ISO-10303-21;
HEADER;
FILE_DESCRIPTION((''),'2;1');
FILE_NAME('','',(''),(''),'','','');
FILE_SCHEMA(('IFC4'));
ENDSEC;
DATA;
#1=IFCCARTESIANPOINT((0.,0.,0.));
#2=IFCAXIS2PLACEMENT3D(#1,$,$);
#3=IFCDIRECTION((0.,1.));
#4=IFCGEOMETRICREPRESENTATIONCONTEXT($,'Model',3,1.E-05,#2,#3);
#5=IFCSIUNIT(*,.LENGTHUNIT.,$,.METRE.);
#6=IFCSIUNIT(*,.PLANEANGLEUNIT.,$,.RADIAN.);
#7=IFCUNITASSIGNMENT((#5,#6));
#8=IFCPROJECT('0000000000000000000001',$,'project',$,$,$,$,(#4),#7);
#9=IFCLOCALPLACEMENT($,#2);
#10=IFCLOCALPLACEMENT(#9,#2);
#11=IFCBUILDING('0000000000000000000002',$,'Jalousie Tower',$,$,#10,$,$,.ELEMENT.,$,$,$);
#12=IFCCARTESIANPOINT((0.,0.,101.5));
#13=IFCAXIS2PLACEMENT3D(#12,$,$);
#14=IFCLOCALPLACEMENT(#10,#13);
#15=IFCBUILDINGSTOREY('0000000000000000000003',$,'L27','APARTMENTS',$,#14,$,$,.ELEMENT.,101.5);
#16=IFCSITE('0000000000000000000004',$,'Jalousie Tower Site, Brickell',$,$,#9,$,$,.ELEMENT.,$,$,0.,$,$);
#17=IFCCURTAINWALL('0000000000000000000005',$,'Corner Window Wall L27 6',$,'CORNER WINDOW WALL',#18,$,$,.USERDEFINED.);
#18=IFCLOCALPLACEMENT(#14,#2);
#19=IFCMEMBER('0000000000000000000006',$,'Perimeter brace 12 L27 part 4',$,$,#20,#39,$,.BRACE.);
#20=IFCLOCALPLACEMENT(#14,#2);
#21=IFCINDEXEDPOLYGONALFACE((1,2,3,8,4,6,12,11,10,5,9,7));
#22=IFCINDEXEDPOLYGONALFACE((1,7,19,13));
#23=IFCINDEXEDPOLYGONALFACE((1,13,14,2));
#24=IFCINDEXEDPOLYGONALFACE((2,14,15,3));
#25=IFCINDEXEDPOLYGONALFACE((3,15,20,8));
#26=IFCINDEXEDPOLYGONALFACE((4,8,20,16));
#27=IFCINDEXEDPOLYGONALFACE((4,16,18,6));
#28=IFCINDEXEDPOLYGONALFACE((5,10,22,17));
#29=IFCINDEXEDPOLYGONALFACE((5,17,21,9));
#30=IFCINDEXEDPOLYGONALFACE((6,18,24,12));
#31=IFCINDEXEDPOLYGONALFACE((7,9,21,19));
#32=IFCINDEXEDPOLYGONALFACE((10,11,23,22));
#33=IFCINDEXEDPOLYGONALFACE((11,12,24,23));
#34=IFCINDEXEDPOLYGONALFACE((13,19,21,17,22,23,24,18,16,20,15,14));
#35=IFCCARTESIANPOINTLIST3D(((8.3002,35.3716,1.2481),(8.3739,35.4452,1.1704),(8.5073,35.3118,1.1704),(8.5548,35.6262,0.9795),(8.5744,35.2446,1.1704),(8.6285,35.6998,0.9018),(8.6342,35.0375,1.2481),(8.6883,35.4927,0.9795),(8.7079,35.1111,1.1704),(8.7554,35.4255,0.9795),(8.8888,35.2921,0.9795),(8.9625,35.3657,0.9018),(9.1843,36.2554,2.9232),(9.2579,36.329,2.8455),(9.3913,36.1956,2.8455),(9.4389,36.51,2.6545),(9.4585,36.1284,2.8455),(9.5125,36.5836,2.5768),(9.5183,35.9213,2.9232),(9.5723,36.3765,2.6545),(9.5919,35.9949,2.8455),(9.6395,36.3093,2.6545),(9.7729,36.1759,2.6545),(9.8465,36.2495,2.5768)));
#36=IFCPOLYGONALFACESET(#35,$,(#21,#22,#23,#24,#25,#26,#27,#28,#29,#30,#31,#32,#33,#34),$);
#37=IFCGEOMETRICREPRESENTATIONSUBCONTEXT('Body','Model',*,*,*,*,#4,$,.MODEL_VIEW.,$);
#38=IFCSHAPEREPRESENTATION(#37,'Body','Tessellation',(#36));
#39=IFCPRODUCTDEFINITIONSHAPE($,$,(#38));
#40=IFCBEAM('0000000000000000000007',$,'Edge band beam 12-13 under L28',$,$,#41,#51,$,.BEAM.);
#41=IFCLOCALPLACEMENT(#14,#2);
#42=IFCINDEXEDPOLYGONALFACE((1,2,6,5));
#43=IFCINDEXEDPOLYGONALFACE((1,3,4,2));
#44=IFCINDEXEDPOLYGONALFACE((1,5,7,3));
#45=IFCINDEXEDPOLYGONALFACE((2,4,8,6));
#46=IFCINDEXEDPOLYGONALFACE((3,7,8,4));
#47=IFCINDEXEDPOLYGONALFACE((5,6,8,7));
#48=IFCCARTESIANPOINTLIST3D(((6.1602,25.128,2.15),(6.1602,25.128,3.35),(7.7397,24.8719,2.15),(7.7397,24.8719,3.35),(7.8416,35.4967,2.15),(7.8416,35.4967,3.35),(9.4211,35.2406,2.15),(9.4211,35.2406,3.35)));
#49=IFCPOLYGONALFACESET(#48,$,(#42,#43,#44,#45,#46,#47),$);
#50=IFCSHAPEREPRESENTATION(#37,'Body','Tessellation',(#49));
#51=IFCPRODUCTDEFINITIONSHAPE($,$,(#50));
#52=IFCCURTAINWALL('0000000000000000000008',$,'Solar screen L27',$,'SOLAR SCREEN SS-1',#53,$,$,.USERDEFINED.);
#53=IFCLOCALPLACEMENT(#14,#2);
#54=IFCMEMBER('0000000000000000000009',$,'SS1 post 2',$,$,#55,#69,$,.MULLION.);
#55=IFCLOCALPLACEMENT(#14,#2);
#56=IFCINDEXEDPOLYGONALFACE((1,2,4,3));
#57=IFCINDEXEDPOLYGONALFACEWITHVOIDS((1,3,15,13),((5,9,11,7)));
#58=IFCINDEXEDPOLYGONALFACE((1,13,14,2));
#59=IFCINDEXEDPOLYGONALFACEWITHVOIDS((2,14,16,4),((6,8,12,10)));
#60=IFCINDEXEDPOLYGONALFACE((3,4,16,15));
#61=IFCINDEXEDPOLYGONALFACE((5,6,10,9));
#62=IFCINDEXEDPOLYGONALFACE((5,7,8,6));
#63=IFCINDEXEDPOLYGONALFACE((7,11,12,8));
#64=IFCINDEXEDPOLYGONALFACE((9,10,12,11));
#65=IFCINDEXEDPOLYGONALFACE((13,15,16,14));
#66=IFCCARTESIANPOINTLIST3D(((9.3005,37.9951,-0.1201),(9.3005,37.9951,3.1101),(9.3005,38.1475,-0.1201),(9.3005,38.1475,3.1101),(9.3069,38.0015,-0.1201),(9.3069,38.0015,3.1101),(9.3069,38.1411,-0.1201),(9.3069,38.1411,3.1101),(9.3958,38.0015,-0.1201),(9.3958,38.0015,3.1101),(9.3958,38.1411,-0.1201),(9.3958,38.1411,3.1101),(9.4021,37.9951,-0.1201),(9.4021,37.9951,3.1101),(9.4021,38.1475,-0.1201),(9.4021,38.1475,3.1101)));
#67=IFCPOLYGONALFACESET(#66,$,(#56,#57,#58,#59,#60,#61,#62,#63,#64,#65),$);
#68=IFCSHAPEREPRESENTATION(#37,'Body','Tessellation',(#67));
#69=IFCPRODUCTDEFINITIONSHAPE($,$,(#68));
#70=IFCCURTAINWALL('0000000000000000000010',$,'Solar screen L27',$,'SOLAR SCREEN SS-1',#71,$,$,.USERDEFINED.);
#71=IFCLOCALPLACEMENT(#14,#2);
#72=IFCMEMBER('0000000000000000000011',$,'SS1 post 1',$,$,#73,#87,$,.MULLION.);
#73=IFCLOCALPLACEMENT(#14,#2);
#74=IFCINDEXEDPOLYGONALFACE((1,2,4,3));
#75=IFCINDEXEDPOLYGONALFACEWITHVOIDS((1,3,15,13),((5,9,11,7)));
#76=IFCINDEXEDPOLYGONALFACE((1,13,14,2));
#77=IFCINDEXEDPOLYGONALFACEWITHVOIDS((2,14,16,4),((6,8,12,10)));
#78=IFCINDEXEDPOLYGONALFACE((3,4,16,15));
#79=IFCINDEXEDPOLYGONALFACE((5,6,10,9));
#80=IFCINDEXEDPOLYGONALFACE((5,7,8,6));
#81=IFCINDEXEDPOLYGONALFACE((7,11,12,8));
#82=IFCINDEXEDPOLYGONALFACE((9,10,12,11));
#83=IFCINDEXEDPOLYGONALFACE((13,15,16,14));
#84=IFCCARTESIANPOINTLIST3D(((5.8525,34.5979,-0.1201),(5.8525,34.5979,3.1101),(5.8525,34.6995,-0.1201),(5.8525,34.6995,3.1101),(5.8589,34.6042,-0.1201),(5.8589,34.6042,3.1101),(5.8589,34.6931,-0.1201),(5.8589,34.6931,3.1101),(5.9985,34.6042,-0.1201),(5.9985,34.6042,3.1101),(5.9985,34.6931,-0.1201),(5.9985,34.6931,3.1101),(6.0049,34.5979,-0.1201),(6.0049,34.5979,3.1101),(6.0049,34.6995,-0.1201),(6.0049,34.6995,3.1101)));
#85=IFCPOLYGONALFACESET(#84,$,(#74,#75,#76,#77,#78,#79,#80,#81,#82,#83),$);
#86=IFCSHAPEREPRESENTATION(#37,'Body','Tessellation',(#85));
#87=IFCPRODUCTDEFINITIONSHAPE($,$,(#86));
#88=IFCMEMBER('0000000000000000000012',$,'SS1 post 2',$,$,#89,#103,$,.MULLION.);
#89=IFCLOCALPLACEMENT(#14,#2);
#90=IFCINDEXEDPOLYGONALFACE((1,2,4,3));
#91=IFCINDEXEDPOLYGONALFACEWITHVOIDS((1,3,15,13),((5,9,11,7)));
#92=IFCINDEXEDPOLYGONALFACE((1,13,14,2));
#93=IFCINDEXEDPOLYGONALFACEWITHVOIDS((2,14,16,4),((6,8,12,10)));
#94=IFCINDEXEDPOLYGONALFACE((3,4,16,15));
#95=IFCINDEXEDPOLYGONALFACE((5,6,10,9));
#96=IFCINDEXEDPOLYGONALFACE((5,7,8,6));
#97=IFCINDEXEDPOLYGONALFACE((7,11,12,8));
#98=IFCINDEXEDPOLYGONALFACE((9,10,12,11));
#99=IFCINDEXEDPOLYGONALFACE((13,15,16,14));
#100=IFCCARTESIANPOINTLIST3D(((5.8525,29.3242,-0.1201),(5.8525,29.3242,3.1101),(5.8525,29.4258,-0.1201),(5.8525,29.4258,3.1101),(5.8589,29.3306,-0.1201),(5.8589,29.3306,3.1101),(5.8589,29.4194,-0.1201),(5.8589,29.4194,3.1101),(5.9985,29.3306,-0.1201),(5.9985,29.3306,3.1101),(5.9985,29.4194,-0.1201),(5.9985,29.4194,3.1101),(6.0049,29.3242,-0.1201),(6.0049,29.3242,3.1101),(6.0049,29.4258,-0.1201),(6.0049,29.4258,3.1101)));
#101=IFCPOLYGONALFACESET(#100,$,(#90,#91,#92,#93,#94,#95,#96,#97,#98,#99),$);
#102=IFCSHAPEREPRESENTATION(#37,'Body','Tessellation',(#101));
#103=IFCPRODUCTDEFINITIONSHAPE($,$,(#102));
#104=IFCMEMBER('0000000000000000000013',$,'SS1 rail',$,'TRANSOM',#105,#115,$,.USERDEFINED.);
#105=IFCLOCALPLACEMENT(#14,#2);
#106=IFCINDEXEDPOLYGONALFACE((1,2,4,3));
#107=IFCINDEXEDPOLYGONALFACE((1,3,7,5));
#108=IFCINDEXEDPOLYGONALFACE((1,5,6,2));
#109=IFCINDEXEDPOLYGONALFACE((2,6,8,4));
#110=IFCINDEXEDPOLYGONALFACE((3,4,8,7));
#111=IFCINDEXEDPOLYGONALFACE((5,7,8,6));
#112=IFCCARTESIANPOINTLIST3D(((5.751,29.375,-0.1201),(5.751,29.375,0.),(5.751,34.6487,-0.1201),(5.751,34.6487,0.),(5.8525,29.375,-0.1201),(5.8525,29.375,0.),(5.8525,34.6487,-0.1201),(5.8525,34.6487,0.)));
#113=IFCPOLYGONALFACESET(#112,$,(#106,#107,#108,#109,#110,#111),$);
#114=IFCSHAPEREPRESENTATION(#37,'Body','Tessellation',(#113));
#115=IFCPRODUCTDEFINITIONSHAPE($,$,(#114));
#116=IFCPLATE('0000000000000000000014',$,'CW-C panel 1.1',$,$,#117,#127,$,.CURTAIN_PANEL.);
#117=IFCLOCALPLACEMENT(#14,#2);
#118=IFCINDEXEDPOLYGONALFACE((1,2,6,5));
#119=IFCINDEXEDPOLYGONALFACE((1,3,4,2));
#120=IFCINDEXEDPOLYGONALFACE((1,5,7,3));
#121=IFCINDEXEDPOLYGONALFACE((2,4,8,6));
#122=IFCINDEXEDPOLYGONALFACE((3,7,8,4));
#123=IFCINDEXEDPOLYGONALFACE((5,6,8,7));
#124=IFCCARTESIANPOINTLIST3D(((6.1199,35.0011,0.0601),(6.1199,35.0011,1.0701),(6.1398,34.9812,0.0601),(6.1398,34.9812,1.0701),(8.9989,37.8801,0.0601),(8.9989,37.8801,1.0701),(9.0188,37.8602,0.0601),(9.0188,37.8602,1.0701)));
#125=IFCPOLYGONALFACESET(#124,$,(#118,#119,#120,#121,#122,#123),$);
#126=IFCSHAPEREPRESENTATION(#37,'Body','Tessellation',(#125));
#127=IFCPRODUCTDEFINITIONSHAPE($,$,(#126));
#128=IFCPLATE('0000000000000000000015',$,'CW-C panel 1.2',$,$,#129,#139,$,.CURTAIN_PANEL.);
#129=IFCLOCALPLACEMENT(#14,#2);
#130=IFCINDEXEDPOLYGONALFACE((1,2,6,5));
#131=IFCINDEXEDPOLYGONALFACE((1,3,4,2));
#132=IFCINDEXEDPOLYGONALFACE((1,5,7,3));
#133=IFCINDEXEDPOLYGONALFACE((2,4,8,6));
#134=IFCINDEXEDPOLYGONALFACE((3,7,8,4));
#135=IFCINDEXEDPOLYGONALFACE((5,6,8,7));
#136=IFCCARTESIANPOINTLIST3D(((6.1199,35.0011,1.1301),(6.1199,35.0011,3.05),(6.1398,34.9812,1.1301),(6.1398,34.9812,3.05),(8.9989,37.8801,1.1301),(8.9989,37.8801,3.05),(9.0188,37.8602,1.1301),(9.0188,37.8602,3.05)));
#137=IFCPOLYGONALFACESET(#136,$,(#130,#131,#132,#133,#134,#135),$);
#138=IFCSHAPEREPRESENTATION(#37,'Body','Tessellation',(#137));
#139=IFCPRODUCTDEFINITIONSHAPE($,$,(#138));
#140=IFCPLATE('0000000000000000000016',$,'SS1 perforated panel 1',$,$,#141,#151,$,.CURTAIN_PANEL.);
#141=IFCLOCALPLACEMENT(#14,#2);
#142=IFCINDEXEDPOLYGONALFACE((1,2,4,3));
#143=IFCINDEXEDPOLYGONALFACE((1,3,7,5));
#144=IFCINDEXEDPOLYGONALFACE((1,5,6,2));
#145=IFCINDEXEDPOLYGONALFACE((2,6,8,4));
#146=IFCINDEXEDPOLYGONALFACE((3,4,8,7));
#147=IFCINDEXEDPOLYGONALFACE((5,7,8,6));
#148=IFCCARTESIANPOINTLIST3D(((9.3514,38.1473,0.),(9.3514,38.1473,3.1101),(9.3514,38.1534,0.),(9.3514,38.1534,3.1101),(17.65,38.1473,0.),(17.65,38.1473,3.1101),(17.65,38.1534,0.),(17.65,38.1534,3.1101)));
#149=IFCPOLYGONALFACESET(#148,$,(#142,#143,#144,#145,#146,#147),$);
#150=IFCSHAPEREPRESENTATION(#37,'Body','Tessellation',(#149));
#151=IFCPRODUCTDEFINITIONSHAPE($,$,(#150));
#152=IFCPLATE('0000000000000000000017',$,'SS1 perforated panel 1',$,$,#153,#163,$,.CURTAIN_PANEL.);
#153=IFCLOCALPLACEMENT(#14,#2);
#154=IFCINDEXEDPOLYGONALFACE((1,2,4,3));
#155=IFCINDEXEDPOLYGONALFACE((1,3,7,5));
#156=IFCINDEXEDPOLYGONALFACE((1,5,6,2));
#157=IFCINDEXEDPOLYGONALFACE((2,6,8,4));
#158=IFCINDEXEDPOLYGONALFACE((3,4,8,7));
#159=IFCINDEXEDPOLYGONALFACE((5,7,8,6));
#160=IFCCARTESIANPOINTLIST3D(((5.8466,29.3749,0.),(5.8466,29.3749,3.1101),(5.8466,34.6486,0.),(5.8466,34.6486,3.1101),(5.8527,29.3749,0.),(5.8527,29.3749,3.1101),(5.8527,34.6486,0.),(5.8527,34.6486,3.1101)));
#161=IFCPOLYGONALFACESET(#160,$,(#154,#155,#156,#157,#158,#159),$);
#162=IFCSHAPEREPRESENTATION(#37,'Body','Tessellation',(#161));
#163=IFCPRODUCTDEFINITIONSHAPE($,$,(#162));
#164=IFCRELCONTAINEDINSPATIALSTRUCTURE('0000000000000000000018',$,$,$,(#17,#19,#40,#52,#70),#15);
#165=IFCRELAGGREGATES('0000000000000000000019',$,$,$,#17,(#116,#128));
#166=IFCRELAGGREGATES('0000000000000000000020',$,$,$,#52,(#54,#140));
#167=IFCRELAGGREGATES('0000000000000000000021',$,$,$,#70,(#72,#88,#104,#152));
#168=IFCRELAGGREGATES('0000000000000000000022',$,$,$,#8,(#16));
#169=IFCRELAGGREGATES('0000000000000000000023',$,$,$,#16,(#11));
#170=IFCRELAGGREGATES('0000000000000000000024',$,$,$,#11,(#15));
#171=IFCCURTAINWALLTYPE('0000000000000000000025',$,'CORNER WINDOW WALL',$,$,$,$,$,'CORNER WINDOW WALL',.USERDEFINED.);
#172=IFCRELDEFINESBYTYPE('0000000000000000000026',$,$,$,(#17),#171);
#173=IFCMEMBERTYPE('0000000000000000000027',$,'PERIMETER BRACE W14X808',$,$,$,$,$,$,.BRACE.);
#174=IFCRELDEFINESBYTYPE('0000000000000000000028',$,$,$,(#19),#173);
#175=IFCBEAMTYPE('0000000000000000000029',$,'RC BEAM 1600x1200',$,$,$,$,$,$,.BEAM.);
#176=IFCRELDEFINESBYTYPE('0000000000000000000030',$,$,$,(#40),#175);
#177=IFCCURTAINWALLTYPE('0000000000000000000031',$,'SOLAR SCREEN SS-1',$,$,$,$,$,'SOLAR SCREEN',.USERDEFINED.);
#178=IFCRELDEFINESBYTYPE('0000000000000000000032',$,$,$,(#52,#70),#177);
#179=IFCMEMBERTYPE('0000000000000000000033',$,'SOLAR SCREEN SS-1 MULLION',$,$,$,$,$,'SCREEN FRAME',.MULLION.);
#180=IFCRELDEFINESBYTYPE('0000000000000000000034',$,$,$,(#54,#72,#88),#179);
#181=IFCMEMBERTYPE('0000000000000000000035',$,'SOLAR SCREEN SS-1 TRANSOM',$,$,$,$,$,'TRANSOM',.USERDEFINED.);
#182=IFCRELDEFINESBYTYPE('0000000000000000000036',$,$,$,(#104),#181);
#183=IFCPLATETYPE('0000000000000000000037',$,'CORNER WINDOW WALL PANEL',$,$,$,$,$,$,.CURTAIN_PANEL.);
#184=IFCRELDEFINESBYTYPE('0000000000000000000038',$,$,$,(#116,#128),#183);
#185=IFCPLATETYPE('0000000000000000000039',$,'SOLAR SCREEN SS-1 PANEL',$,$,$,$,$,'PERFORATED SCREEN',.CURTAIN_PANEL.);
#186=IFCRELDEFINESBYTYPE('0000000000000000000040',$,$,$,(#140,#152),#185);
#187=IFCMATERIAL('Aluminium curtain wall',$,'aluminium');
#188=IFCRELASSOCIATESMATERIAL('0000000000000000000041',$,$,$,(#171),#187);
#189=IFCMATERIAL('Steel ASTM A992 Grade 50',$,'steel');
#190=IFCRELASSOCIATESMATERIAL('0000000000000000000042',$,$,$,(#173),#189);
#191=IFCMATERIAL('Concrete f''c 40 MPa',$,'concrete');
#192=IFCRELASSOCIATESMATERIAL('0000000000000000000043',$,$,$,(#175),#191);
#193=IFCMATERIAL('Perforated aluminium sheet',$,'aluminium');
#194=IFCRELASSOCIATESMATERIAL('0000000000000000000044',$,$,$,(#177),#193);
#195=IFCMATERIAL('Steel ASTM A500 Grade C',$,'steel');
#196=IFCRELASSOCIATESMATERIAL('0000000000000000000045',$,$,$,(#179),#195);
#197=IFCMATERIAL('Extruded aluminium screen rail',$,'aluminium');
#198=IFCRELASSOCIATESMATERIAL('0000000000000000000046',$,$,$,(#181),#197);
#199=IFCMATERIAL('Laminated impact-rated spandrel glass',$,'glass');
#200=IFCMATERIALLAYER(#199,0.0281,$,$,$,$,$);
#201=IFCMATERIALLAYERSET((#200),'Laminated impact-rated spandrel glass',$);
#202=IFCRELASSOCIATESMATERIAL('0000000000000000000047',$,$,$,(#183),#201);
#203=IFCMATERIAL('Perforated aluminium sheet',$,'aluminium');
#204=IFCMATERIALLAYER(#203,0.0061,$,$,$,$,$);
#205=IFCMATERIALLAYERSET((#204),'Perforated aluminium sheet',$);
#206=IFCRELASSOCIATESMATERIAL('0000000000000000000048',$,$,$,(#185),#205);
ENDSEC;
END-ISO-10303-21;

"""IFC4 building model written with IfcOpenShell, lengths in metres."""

from ifc_helpers import new_model, si_unit, direction, frame, origin, origin_2d, place, context, subcontext, project, spatial, rectangle, hollow_rectangle, i_section, extrude, material, layer, layer_set, material_profile, profile_set, type_object, element, aggregate, save


model = new_model("IFC4")

# Units and contexts
model_context = context("Model", 3, precision=1e-05, world=origin(), true_north=direction((0.0, 1.0)))
body_context = subcontext(model_context, "Body", "Model", "MODEL_VIEW")
ifc_project = project(units=[si_unit("LENGTHUNIT", "METRE"), si_unit("PLANEANGLEUNIT", "RADIAN")], contexts=[model_context])

# Site, building, storey
site_placement = place(None, origin())
site = spatial("IfcSite", under=ifc_project, at=site_placement, Name="Jalousie Tower Site, Brickell", CompositionType="ELEMENT", RefElevation=0.0)
building_placement = place(site_placement, origin())
building = spatial("IfcBuilding", under=site, at=building_placement, Name="Jalousie Tower", CompositionType="ELEMENT")
storey_placement = place(building_placement, frame((0.0, 0.0, 101.5)))
storey = spatial("IfcBuildingStorey", under=building, at=storey_placement, Name="L27", Description="APARTMENTS", CompositionType="ELEMENT", Elevation=101.5)

# Curtain wall
ifc_material_1 = material(Name="Aluminium curtain wall", Category="aluminium")
curtain_wall_type_1 = type_object("IfcCurtainWallType", Name="CORNER WINDOW WALL", ElementType="CORNER WINDOW WALL", PredefinedType="USERDEFINED", material=ifc_material_1)
curtain_wall_1_placement = place(storey_placement, origin())
curtain_wall_1 = element("IfcCurtainWall", 1, at=curtain_wall_1_placement, inside=storey, type_object=curtain_wall_type_1, Name="Corner Window Wall L27 6", ObjectType="CORNER WINDOW WALL", PredefinedType="USERDEFINED")

# Member
ifc_material_2 = material(Name="Steel ASTM A992 Grade 50", Category="steel")
ifc_material_profile_1 = material_profile(ifc_material_2, i_section(OverallWidth=0.4724, OverallDepth=0.5791, WebThickness=0.095, FlangeThickness=0.1299, at=origin_2d()), Name="W14X808")
ifc_profile_set_1 = profile_set([ifc_material_profile_1], Name="Steel ASTM A992 Grade 50")
member_type_1 = type_object("IfcMemberType", Name="PERIMETER BRACE W14X808", PredefinedType="BRACE", material=ifc_profile_set_1)
for number, where, z_axis, x_axis, name in (
    (2, (8.6313, 35.3687, 1.075), (0.422969, 0.422852, 0.801432), (-0.707009, 0.707204, 0.0), "Perimeter brace 12 L27 part 4"),
):
    element("IfcMember", number, at=place(storey_placement, frame(where, z_axis=z_axis, x_axis=x_axis)), inside=storey, type_object=member_type_1, Name=name, PredefinedType="BRACE", context=body_context, shape_type="SweptSolid", body=[
        extrude(i_section(OverallWidth=0.4724, OverallDepth=0.5791, WebThickness=0.095, FlangeThickness=0.1299, at=origin_2d()), origin(), (0.0, 0.0, 1.0), 2.0901),
    ])

# Beam
ifc_material_3 = material(Name="Concrete f'c 40 MPa", Category="concrete")
ifc_material_profile_2 = material_profile(ifc_material_3, rectangle(XDim=1.6001, YDim=1.2, at=origin_2d()), Name="RC 1600x1200")
ifc_profile_set_2 = profile_set([ifc_material_profile_2], Name="Concrete f'c 40 MPa")
beam_type_1 = type_object("IfcBeamType", Name="RC BEAM 1600x1200", PredefinedType="BEAM", material=ifc_profile_set_2)
beam_1_placement = place(storey_placement, frame((8.6313, 35.3687, 2.75), z_axis=(-0.160071, -0.987106, 0.0), x_axis=(0.987106, -0.160071, 0.0)))
element("IfcBeam", 3, at=beam_1_placement, inside=storey, type_object=beam_type_1, Name="Edge band beam 12-13 under L28", PredefinedType="BEAM", context=body_context, shape_type="SweptSolid", body=[
    extrude(rectangle(XDim=1.6001, YDim=1.2, at=origin_2d()), origin(), (0.0, 0.0, 1.0), 10.5042),
])

# Curtain wall, member
ifc_material_4 = material(Name="Perforated aluminium sheet", Category="aluminium")
curtain_wall_type_2 = type_object("IfcCurtainWallType", Name="SOLAR SCREEN SS-1", ElementType="SOLAR SCREEN", PredefinedType="USERDEFINED", material=ifc_material_4)
curtain_wall_2_placement = place(storey_placement, origin())
curtain_wall_2 = element("IfcCurtainWall", 4, at=curtain_wall_2_placement, inside=storey, type_object=curtain_wall_type_2, Name="Solar screen L27", ObjectType="SOLAR SCREEN SS-1", PredefinedType="USERDEFINED")
ifc_material_5 = material(Name="Steel ASTM A500 Grade C", Category="steel")
ifc_material_profile_3 = material_profile(ifc_material_5, hollow_rectangle(XDim=0.1016, YDim=0.1523, WallThickness=0.0063, at=origin_2d()), Name="HSS6X4X1/4")
ifc_profile_set_3 = profile_set([ifc_material_profile_3], Name="Steel ASTM A500 Grade C")
member_type_2 = type_object("IfcMemberType", Name="SOLAR SCREEN SS-1 MULLION", ElementType="SCREEN FRAME", PredefinedType="MULLION", material=ifc_profile_set_3)
member_1_placement = place(storey_placement, frame((9.3513, 38.0713, -0.1201), z_axis=(0.0, 0.0, 1.0), x_axis=(-1.0, 0.0, 0.0)))
member_1 = element("IfcMember", 5, at=member_1_placement, type_object=member_type_2, Name="SS1 post 2", PredefinedType="MULLION", context=body_context, shape_type="SweptSolid", body=[
    extrude(hollow_rectangle(XDim=0.1016, YDim=0.1523, WallThickness=0.0063, at=origin_2d()), origin(), (0.0, 0.0, 1.0), 3.2302),
])

# Curtain wall, members
curtain_wall_3_placement = place(storey_placement, origin())
curtain_wall_3 = element("IfcCurtainWall", 6, at=curtain_wall_3_placement, inside=storey, type_object=curtain_wall_type_2, Name="Solar screen L27", ObjectType="SOLAR SCREEN SS-1", PredefinedType="USERDEFINED")
member_2_placement = place(storey_placement, frame((5.9287, 34.6487, -0.1201), z_axis=(0.0, 0.0, 1.0), x_axis=(0.0, -1.0, 0.0)))
member_2 = element("IfcMember", 7, at=member_2_placement, type_object=member_type_2, Name="SS1 post 1", PredefinedType="MULLION", context=body_context, shape_type="SweptSolid", body=[
    extrude(hollow_rectangle(XDim=0.1016, YDim=0.1523, WallThickness=0.0063, at=origin_2d()), origin(), (0.0, 0.0, 1.0), 3.2302),
])
member_3_placement = place(storey_placement, frame((5.9287, 29.375, -0.1201), z_axis=(0.0, 0.0, 1.0), x_axis=(0.0, -1.0, 0.0)))
member_3 = element("IfcMember", 8, at=member_3_placement, type_object=member_type_2, Name="SS1 post 2", PredefinedType="MULLION", context=body_context, shape_type="SweptSolid", body=[
    extrude(hollow_rectangle(XDim=0.1016, YDim=0.1523, WallThickness=0.0063, at=origin_2d()), origin(), (0.0, 0.0, 1.0), 3.2302),
])
ifc_material_6 = material(Name="Extruded aluminium screen rail", Category="aluminium")
ifc_material_profile_4 = material_profile(ifc_material_6, rectangle(XDim=0.1016, YDim=0.1201, at=origin_2d()), Name="RAIL 102x120")
ifc_profile_set_4 = profile_set([ifc_material_profile_4], Name="Extruded aluminium screen rail")
member_type_3 = type_object("IfcMemberType", Name="SOLAR SCREEN SS-1 TRANSOM", ElementType="TRANSOM", PredefinedType="USERDEFINED", material=ifc_profile_set_4)
member_4_placement = place(storey_placement, frame((5.8018, 34.6487, -0.0601), z_axis=(0.0, -1.0, 0.0), x_axis=(1.0, 0.0, 0.0)))
member_4 = element("IfcMember", 9, at=member_4_placement, type_object=member_type_3, Name="SS1 rail", ObjectType="TRANSOM", PredefinedType="USERDEFINED", context=body_context, shape_type="SweptSolid", body=[
    extrude(rectangle(XDim=0.1016, YDim=0.1201, at=origin_2d()), origin(), (0.0, 0.0, 1.0), 5.2737),
])

# Plates
ifc_material_7 = material(Name="Laminated impact-rated spandrel glass", Category="glass")
ifc_layer_1 = layer(ifc_material_7, 0.0281)
ifc_layer_set_1 = layer_set([ifc_layer_1], Name="Laminated impact-rated spandrel glass")
plate_type_1 = type_object("IfcPlateType", Name="CORNER WINDOW WALL PANEL", PredefinedType="CURTAIN_PANEL", material=ifc_layer_set_1)
plate_1_placement = place(storey_placement, frame((7.5693, 36.4307, 0.0601), z_axis=(0.0, 0.0, 1.0), x_axis=(-0.707107, -0.707107, 0.0)))
plate_1 = element("IfcPlate", 10, at=plate_1_placement, type_object=plate_type_1, Name="CW-C panel 1.1", PredefinedType="CURTAIN_PANEL", context=body_context, shape_type="SweptSolid", body=[
    extrude(rectangle(XDim=4.0715, YDim=0.0281, at=origin_2d()), origin(), (0.0, 0.0, 1.0), 1.01),
])
plate_2_placement = place(storey_placement, frame((7.5693, 36.4307, 1.1301), z_axis=(0.0, 0.0, 1.0), x_axis=(-0.707107, -0.707107, 0.0)))
plate_2 = element("IfcPlate", 11, at=plate_2_placement, type_object=plate_type_1, Name="CW-C panel 1.2", PredefinedType="CURTAIN_PANEL", context=body_context, shape_type="SweptSolid", body=[
    extrude(rectangle(XDim=4.0715, YDim=0.0281, at=origin_2d()), origin(), (0.0, 0.0, 1.0), 1.9199),
])
aggregate(curtain_wall_1, [plate_1, plate_2])
ifc_material_8 = material(Name="Perforated aluminium sheet", Category="aluminium")
ifc_layer_2 = layer(ifc_material_8, 0.0061)
ifc_layer_set_2 = layer_set([ifc_layer_2], Name="Perforated aluminium sheet")
plate_type_2 = type_object("IfcPlateType", Name="SOLAR SCREEN SS-1 PANEL", ElementType="PERFORATED SCREEN", PredefinedType="CURTAIN_PANEL", material=ifc_layer_set_2)
plate_3_placement = place(storey_placement, frame((13.5007, 38.1504, 0.0), z_axis=(0.0, 0.0, 1.0), x_axis=(-1.0, 0.0, 0.0)))
plate_3 = element("IfcPlate", 12, at=plate_3_placement, type_object=plate_type_2, Name="SS1 perforated panel 1", PredefinedType="CURTAIN_PANEL", context=body_context, shape_type="SweptSolid", body=[
    extrude(rectangle(XDim=8.2986, YDim=0.0061, at=origin_2d()), origin(), (0.0, 0.0, 1.0), 3.1101),
])
aggregate(curtain_wall_2, [member_1, plate_3])
plate_4_placement = place(storey_placement, frame((5.8496, 32.0117, 0.0), z_axis=(0.0, 0.0, 1.0), x_axis=(0.0, -1.0, 0.0)))
plate_4 = element("IfcPlate", 13, at=plate_4_placement, type_object=plate_type_2, Name="SS1 perforated panel 1", PredefinedType="CURTAIN_PANEL", context=body_context, shape_type="SweptSolid", body=[
    extrude(rectangle(XDim=5.2737, YDim=0.0061, at=origin_2d()), origin(), (0.0, 0.0, 1.0), 3.1101),
])
aggregate(curtain_wall_3, [member_2, member_3, member_4, plate_4])

save(model, "model.ifc")
